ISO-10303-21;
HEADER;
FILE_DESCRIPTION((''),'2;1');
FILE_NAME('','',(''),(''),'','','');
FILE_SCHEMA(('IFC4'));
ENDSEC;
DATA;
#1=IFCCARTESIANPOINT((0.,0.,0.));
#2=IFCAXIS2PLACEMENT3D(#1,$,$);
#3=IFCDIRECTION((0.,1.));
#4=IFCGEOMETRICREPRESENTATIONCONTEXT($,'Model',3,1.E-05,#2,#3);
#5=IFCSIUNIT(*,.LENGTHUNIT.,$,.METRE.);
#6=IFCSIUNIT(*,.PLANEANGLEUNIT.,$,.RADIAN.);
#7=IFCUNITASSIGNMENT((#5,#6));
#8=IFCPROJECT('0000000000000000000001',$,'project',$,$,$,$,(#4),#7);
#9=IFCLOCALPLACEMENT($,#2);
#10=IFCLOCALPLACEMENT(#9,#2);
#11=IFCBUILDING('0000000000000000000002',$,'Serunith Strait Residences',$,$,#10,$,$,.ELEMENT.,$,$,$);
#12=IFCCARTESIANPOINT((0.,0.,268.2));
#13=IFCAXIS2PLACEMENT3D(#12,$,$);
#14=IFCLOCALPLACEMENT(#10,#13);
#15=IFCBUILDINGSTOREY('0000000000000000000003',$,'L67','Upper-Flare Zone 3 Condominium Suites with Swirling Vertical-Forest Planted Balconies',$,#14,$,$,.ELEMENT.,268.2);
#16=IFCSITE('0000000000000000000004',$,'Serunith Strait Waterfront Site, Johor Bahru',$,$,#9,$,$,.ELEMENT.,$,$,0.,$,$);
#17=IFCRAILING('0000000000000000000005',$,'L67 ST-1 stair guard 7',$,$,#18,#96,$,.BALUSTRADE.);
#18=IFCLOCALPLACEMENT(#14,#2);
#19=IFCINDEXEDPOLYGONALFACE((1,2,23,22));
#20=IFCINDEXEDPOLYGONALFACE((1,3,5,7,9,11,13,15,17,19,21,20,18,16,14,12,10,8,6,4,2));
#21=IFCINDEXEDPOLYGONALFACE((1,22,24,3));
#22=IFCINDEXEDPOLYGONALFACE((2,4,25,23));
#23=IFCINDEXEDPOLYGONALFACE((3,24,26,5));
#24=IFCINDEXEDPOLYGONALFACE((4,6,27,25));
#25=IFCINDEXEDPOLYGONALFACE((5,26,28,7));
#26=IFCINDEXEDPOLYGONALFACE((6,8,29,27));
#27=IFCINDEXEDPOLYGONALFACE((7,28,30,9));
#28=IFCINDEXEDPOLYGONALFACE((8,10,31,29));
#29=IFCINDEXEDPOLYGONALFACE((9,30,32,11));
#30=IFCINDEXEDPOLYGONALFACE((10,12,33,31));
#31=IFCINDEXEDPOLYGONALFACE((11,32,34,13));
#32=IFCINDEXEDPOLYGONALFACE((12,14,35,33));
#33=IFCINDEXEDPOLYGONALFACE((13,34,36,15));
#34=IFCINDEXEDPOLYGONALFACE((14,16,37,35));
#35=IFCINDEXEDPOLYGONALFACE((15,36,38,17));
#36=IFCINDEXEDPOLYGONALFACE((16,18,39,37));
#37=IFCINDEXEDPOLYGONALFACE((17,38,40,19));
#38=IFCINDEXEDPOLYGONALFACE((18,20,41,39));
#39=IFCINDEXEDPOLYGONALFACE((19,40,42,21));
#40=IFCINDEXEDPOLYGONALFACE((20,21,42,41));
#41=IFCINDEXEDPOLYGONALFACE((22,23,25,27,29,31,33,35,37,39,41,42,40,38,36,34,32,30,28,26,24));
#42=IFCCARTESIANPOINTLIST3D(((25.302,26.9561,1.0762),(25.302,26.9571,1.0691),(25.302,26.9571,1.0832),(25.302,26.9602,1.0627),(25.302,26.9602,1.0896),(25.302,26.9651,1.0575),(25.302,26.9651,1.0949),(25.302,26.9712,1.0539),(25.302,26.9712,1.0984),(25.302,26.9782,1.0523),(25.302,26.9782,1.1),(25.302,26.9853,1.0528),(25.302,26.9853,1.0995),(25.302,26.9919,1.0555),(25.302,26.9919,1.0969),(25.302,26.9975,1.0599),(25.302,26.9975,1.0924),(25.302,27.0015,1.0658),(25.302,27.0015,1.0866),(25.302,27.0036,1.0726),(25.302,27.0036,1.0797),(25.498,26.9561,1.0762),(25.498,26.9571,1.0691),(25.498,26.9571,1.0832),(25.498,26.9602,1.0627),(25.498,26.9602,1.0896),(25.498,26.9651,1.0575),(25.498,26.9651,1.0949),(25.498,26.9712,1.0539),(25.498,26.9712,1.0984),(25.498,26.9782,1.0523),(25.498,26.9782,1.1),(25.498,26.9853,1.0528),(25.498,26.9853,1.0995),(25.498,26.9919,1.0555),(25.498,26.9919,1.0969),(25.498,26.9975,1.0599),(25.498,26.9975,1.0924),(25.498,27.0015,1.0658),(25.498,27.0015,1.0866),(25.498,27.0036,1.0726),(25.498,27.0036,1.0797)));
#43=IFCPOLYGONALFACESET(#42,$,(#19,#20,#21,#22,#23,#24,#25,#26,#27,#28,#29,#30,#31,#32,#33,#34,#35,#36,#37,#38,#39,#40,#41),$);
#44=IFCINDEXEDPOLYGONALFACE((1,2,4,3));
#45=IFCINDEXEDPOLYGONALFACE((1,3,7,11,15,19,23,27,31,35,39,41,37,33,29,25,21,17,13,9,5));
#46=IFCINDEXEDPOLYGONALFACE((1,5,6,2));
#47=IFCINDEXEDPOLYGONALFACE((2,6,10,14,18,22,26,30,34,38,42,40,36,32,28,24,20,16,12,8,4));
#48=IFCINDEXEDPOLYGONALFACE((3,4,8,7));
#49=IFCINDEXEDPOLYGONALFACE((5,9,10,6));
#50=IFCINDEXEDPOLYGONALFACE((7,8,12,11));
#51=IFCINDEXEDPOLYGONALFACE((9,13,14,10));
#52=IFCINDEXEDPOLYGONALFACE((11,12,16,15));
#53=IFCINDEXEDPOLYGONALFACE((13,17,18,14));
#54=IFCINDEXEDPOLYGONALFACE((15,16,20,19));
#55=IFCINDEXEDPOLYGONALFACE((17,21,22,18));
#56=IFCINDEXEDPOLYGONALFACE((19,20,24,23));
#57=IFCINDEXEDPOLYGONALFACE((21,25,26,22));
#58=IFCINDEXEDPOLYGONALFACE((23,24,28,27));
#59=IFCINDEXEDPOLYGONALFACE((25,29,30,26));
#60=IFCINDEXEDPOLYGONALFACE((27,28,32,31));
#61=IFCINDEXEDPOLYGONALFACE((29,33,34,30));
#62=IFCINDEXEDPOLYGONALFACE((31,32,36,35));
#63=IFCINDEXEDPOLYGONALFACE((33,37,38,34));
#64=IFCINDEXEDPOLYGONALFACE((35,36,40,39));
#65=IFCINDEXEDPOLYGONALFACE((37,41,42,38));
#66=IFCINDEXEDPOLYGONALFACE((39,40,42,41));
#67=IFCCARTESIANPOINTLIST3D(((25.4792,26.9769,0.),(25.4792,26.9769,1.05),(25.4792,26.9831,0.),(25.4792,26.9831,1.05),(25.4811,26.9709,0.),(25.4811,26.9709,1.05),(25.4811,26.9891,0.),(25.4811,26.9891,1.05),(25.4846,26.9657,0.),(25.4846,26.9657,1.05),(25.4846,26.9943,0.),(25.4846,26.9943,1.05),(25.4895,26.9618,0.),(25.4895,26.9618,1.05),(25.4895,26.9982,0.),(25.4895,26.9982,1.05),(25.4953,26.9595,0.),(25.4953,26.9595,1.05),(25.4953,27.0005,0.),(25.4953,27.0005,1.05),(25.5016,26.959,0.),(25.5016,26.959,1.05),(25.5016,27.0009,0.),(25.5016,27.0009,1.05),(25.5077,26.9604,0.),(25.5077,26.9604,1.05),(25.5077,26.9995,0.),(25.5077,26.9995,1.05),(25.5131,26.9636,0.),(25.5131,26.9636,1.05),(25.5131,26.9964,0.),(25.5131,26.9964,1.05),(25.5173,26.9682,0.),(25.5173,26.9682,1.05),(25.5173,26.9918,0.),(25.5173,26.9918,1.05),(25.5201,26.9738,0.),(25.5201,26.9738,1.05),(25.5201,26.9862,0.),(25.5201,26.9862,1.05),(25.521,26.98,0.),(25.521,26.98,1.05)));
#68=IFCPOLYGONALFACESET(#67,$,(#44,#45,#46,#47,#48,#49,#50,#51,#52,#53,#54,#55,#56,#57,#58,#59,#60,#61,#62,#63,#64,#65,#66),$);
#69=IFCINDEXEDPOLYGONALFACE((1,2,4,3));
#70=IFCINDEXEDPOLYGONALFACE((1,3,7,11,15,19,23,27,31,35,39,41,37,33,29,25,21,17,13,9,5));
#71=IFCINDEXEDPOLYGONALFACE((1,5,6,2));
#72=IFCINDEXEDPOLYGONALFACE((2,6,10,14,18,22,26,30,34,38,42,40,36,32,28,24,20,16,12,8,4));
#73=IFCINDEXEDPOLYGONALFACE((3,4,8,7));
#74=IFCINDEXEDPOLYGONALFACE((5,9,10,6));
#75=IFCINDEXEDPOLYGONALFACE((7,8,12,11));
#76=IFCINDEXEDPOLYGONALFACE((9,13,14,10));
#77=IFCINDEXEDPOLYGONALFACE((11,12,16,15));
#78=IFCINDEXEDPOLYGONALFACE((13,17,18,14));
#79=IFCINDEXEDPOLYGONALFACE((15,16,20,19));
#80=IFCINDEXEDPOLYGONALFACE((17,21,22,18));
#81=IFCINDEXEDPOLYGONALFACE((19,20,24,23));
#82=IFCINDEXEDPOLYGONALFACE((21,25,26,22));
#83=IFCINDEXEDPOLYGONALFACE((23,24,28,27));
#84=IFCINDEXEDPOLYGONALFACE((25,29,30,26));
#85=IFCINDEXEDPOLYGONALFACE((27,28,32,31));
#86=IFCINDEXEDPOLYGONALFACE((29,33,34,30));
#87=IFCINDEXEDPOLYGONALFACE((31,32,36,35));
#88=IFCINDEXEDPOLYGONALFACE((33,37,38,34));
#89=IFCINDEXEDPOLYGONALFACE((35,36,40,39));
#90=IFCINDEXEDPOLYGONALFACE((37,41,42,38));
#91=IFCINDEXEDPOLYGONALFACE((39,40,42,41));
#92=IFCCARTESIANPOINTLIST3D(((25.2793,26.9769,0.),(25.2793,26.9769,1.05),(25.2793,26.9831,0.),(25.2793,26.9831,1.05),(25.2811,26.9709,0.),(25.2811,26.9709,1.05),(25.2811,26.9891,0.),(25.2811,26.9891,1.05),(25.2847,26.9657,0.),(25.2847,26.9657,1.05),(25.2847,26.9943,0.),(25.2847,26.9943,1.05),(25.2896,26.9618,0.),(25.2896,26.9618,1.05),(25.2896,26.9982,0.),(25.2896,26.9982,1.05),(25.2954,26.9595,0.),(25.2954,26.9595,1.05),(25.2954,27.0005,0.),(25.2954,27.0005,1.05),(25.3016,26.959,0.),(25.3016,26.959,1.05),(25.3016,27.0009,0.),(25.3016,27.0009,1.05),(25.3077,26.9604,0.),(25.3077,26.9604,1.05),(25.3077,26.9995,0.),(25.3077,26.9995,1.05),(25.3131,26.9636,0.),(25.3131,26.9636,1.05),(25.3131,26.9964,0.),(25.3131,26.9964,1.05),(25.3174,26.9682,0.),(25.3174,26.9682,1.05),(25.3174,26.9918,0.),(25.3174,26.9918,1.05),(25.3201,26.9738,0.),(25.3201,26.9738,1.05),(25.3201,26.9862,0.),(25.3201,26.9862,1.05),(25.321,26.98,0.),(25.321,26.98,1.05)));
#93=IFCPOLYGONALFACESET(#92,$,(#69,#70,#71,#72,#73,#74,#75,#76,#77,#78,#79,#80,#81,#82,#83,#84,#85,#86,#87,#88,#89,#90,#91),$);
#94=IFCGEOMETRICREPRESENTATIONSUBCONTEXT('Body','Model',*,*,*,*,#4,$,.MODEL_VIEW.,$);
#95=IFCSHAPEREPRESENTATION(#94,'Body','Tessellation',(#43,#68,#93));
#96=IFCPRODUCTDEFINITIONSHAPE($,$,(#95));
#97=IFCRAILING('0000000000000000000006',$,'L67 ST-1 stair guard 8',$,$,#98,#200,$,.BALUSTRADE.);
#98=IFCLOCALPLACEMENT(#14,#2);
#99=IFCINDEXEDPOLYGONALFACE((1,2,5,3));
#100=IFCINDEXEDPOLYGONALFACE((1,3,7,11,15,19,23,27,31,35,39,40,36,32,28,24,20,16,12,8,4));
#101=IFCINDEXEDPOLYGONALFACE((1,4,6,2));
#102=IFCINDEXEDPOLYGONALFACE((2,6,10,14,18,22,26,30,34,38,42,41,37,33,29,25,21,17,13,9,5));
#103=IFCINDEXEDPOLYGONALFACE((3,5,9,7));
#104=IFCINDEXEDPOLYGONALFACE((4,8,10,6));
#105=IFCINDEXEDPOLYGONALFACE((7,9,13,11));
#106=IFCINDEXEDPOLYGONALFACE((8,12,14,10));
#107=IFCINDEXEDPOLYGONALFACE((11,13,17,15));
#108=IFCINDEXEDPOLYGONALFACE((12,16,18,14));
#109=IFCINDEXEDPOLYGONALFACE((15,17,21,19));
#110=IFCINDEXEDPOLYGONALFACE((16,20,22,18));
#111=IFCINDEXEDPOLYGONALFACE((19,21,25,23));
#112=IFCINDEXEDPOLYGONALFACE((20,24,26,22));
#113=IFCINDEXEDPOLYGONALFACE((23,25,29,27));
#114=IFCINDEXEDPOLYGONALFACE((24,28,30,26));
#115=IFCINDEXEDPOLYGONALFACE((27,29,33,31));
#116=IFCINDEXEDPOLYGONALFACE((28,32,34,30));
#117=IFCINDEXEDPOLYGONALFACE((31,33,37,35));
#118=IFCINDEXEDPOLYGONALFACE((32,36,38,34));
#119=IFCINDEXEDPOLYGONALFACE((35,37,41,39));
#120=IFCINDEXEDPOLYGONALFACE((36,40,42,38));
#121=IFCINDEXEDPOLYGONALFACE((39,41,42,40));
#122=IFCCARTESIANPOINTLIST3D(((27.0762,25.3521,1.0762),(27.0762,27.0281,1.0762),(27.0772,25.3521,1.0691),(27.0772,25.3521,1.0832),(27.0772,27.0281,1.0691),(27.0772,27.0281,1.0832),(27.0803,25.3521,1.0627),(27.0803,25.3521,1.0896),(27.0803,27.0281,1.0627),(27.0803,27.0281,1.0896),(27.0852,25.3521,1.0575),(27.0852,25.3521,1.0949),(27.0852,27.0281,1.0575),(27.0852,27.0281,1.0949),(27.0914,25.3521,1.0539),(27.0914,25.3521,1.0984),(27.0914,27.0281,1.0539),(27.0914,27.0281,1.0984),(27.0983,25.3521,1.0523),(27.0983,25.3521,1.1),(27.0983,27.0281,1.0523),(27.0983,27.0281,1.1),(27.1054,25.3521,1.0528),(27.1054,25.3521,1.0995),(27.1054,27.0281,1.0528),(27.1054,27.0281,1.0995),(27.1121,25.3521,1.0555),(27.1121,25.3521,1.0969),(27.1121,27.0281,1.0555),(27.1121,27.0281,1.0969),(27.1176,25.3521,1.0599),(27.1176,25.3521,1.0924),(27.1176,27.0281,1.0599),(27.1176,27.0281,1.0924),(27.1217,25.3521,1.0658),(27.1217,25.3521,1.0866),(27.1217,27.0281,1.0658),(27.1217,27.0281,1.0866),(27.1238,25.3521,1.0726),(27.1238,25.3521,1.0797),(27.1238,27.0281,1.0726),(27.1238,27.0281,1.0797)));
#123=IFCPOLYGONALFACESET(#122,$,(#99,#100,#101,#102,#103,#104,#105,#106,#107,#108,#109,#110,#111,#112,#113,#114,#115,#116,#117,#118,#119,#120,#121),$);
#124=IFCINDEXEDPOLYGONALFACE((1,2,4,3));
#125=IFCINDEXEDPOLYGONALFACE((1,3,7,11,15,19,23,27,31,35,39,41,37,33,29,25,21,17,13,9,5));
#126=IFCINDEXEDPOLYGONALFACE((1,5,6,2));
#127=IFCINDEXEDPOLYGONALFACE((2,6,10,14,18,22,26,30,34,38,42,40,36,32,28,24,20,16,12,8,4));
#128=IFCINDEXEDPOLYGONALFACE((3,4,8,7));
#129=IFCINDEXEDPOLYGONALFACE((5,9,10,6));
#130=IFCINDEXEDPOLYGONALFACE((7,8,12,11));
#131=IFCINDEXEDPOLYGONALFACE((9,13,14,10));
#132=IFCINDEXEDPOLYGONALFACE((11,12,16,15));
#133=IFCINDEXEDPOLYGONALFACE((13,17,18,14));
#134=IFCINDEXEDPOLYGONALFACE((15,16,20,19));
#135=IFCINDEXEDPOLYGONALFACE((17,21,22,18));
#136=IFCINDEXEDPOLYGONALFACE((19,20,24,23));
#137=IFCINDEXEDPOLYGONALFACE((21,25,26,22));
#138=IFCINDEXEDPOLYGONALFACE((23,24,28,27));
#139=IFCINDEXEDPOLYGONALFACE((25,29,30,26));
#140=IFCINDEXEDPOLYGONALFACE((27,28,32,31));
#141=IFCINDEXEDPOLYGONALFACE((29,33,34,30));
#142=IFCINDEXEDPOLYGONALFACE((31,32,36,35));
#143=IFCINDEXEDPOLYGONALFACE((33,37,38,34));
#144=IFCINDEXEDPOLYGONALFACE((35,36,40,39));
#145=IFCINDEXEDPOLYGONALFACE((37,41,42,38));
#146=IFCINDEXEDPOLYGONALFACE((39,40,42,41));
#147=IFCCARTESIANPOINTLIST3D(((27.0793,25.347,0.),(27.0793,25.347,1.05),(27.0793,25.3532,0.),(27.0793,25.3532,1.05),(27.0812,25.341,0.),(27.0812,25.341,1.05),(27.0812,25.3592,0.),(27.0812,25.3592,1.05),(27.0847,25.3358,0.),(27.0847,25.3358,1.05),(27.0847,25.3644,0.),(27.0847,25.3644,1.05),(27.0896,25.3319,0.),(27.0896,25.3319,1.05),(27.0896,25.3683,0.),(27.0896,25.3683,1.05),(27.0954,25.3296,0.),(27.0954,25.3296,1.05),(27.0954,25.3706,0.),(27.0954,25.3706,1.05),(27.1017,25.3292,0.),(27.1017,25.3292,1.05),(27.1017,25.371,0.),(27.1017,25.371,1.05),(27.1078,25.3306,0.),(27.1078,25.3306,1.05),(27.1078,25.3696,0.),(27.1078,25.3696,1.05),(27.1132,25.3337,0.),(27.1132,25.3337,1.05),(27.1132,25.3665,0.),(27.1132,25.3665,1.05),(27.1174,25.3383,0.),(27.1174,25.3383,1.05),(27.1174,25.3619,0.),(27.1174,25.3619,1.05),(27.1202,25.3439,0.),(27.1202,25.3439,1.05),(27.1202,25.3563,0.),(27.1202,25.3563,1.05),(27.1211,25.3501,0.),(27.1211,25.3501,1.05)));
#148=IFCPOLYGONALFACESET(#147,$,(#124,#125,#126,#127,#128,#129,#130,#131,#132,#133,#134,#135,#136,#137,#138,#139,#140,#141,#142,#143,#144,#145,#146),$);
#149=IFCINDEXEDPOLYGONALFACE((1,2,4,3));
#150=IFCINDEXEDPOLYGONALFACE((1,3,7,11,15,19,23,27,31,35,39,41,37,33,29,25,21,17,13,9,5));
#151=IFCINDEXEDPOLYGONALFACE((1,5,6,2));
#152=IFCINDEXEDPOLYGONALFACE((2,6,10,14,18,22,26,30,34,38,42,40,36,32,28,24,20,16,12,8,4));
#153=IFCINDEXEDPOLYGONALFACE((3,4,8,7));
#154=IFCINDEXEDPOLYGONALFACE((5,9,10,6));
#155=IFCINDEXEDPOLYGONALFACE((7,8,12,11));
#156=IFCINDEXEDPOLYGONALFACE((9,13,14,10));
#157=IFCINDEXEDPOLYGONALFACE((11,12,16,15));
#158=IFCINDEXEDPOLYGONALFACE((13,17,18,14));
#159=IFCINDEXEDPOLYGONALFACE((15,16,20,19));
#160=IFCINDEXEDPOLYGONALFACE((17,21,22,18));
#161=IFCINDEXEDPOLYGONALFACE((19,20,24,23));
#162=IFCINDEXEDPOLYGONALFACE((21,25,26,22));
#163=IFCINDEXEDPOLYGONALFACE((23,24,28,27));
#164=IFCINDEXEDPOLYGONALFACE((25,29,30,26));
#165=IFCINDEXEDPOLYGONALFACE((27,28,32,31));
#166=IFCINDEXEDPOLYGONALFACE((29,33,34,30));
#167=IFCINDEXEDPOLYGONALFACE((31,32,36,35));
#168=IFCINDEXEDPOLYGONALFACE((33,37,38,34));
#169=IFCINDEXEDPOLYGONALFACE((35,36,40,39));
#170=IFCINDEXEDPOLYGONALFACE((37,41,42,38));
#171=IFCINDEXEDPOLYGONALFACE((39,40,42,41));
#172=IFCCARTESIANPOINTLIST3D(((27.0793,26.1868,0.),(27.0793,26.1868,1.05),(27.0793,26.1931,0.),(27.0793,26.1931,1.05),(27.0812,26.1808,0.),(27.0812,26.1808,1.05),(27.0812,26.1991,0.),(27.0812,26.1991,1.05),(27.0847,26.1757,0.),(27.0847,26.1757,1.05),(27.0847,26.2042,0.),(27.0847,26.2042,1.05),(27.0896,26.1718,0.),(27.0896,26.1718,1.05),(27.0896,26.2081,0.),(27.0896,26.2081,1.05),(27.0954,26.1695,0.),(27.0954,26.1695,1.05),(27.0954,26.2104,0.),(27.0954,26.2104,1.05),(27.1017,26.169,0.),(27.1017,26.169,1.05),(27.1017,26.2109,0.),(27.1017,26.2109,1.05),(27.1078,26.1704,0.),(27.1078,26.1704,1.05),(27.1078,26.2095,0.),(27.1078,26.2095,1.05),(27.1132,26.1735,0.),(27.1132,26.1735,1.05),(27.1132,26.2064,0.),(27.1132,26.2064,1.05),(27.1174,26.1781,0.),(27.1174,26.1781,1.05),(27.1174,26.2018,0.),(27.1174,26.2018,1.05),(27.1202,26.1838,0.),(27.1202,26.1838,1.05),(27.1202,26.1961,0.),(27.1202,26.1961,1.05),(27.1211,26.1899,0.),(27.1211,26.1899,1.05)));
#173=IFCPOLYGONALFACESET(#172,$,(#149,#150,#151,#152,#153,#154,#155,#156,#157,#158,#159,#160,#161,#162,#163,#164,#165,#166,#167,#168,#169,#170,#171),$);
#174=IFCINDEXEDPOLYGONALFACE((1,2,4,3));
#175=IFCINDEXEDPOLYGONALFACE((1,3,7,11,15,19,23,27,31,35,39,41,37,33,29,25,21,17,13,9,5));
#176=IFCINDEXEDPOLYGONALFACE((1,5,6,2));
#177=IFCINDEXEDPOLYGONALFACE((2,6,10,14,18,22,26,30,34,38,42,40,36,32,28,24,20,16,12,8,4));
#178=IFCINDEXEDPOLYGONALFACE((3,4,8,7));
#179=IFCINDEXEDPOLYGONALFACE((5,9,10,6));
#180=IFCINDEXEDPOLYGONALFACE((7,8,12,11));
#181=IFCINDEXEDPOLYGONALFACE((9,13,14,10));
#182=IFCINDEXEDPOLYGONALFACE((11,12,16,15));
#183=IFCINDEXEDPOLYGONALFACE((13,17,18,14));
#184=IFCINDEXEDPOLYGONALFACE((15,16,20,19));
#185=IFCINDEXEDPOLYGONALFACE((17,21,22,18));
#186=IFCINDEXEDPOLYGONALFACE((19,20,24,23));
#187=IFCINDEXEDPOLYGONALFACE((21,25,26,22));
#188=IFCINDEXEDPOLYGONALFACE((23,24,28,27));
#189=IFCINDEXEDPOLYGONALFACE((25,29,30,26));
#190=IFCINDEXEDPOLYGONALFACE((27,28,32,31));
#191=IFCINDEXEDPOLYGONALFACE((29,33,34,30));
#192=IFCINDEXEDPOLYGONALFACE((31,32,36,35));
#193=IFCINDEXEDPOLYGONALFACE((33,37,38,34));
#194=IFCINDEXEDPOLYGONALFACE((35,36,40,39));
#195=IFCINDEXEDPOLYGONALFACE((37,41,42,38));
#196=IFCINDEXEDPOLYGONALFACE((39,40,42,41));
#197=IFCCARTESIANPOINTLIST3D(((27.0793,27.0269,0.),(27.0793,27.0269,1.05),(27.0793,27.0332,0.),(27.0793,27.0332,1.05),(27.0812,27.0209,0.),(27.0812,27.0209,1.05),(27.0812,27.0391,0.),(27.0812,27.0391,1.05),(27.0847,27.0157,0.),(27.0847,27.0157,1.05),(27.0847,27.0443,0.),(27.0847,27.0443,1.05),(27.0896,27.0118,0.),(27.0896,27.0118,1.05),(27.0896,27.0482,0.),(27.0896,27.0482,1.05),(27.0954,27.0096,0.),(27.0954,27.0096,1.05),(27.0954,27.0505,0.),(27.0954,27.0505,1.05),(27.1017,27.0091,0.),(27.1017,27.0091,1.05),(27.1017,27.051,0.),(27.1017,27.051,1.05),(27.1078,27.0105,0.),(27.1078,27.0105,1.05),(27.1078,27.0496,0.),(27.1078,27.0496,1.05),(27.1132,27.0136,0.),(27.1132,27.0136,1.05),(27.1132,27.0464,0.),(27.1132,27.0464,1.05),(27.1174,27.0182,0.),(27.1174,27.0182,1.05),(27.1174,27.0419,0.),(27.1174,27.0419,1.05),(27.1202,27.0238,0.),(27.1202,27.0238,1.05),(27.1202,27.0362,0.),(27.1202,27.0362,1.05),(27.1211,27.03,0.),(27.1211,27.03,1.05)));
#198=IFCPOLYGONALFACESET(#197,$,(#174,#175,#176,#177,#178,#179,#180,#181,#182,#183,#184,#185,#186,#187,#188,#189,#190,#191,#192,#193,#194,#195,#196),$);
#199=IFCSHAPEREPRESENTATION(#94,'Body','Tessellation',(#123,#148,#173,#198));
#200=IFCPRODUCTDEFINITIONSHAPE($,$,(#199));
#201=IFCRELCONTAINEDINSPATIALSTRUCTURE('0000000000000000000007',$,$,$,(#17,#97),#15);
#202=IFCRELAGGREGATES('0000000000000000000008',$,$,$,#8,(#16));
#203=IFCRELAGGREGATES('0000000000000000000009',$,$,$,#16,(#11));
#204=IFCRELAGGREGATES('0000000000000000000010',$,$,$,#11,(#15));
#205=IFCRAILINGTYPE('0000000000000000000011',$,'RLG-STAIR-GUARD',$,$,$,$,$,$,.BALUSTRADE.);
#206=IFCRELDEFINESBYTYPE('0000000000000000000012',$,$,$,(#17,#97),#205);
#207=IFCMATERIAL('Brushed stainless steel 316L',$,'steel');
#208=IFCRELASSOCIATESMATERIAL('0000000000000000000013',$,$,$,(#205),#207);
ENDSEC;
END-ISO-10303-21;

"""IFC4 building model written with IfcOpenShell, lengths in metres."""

from ifc_helpers import new_model, si_unit, direction, frame, origin, origin_2d, place, context, subcontext, project, spatial, circle, extrude, material, type_object, element, save


model = new_model("IFC4")

# Units and contexts
model_context = context("Model", 3, precision=1e-05, world=origin(), true_north=direction((0.0, 1.0)))
body_context = subcontext(model_context, "Body", "Model", "MODEL_VIEW")
ifc_project = project(units=[si_unit("LENGTHUNIT", "METRE"), si_unit("PLANEANGLEUNIT", "RADIAN")], contexts=[model_context])

# Site, building, storey
site_placement = place(None, origin())
site = spatial("IfcSite", under=ifc_project, at=site_placement, Name="Serunith Strait Waterfront Site, Johor Bahru", CompositionType="ELEMENT", RefElevation=0.0)
building_placement = place(site_placement, origin())
building = spatial("IfcBuilding", under=site, at=building_placement, Name="Serunith Strait Residences", CompositionType="ELEMENT")
storey_placement = place(building_placement, frame((0.0, 0.0, 268.2)))
storey = spatial("IfcBuildingStorey", under=building, at=storey_placement, Name="L67", Description="Upper-Flare Zone 3 Condominium Suites with Swirling Vertical-Forest Planted Balconies", CompositionType="ELEMENT", Elevation=268.2)

# Railings
ifc_material_1 = material(Name="Brushed stainless steel 316L", Category="steel")
railing_type_1 = type_object("IfcRailingType", Name="RLG-STAIR-GUARD", PredefinedType="BALUSTRADE", material=ifc_material_1)
railing_1_placement = place(storey_placement, frame((25.5, 26.98, 0.0)))
element("IfcRailing", 1, at=railing_1_placement, inside=storey, type_object=railing_type_1, Name="L67 ST-1 stair guard 7", PredefinedType="BALUSTRADE", context=body_context, shape_type="SweptSolid", body=[
    extrude(circle(Radius=0.0239, at=origin_2d()), frame((-0.002, 0.0, 1.0762), z_axis=(-1.0, 0.0, 0.0), x_axis=(0.0, -1.0, 0.0)), (0.0, 0.0, 1.0), 0.196),
    extrude(circle(Radius=0.021, at=origin_2d()), origin(), (0.0, 0.0, 1.0), 1.05),
    extrude(circle(Radius=0.021, at=origin_2d()), frame((-0.2, 0.0, 0.0)), (0.0, 0.0, 1.0), 1.05),
])
for number, where, name in (
    (2, (27.1001, 25.3501, 0.0), "L67 ST-1 stair guard 8"),
):
    element("IfcRailing", number, at=place(storey_placement, frame(where)), inside=storey, type_object=railing_type_1, Name=name, PredefinedType="BALUSTRADE", context=body_context, shape_type="SweptSolid", body=[
        extrude(circle(Radius=0.0239, at=origin_2d()), frame((0.0, 0.002, 1.0762), z_axis=(0.0, 1.0, 0.0), x_axis=(-1.0, 0.0, 0.0)), (0.0, 0.0, 1.0), 1.676),
        extrude(circle(Radius=0.021, at=origin_2d()), origin(), (0.0, 0.0, 1.0), 1.05),
        extrude(circle(Radius=0.021, at=origin_2d()), frame((0.0, 0.8398, 0.0)), (0.0, 0.0, 1.0), 1.05),
        extrude(circle(Radius=0.021, at=origin_2d()), frame((0.0, 1.6799, 0.0)), (0.0, 0.0, 1.0), 1.05),
    ])

save(model, "model.ifc")
